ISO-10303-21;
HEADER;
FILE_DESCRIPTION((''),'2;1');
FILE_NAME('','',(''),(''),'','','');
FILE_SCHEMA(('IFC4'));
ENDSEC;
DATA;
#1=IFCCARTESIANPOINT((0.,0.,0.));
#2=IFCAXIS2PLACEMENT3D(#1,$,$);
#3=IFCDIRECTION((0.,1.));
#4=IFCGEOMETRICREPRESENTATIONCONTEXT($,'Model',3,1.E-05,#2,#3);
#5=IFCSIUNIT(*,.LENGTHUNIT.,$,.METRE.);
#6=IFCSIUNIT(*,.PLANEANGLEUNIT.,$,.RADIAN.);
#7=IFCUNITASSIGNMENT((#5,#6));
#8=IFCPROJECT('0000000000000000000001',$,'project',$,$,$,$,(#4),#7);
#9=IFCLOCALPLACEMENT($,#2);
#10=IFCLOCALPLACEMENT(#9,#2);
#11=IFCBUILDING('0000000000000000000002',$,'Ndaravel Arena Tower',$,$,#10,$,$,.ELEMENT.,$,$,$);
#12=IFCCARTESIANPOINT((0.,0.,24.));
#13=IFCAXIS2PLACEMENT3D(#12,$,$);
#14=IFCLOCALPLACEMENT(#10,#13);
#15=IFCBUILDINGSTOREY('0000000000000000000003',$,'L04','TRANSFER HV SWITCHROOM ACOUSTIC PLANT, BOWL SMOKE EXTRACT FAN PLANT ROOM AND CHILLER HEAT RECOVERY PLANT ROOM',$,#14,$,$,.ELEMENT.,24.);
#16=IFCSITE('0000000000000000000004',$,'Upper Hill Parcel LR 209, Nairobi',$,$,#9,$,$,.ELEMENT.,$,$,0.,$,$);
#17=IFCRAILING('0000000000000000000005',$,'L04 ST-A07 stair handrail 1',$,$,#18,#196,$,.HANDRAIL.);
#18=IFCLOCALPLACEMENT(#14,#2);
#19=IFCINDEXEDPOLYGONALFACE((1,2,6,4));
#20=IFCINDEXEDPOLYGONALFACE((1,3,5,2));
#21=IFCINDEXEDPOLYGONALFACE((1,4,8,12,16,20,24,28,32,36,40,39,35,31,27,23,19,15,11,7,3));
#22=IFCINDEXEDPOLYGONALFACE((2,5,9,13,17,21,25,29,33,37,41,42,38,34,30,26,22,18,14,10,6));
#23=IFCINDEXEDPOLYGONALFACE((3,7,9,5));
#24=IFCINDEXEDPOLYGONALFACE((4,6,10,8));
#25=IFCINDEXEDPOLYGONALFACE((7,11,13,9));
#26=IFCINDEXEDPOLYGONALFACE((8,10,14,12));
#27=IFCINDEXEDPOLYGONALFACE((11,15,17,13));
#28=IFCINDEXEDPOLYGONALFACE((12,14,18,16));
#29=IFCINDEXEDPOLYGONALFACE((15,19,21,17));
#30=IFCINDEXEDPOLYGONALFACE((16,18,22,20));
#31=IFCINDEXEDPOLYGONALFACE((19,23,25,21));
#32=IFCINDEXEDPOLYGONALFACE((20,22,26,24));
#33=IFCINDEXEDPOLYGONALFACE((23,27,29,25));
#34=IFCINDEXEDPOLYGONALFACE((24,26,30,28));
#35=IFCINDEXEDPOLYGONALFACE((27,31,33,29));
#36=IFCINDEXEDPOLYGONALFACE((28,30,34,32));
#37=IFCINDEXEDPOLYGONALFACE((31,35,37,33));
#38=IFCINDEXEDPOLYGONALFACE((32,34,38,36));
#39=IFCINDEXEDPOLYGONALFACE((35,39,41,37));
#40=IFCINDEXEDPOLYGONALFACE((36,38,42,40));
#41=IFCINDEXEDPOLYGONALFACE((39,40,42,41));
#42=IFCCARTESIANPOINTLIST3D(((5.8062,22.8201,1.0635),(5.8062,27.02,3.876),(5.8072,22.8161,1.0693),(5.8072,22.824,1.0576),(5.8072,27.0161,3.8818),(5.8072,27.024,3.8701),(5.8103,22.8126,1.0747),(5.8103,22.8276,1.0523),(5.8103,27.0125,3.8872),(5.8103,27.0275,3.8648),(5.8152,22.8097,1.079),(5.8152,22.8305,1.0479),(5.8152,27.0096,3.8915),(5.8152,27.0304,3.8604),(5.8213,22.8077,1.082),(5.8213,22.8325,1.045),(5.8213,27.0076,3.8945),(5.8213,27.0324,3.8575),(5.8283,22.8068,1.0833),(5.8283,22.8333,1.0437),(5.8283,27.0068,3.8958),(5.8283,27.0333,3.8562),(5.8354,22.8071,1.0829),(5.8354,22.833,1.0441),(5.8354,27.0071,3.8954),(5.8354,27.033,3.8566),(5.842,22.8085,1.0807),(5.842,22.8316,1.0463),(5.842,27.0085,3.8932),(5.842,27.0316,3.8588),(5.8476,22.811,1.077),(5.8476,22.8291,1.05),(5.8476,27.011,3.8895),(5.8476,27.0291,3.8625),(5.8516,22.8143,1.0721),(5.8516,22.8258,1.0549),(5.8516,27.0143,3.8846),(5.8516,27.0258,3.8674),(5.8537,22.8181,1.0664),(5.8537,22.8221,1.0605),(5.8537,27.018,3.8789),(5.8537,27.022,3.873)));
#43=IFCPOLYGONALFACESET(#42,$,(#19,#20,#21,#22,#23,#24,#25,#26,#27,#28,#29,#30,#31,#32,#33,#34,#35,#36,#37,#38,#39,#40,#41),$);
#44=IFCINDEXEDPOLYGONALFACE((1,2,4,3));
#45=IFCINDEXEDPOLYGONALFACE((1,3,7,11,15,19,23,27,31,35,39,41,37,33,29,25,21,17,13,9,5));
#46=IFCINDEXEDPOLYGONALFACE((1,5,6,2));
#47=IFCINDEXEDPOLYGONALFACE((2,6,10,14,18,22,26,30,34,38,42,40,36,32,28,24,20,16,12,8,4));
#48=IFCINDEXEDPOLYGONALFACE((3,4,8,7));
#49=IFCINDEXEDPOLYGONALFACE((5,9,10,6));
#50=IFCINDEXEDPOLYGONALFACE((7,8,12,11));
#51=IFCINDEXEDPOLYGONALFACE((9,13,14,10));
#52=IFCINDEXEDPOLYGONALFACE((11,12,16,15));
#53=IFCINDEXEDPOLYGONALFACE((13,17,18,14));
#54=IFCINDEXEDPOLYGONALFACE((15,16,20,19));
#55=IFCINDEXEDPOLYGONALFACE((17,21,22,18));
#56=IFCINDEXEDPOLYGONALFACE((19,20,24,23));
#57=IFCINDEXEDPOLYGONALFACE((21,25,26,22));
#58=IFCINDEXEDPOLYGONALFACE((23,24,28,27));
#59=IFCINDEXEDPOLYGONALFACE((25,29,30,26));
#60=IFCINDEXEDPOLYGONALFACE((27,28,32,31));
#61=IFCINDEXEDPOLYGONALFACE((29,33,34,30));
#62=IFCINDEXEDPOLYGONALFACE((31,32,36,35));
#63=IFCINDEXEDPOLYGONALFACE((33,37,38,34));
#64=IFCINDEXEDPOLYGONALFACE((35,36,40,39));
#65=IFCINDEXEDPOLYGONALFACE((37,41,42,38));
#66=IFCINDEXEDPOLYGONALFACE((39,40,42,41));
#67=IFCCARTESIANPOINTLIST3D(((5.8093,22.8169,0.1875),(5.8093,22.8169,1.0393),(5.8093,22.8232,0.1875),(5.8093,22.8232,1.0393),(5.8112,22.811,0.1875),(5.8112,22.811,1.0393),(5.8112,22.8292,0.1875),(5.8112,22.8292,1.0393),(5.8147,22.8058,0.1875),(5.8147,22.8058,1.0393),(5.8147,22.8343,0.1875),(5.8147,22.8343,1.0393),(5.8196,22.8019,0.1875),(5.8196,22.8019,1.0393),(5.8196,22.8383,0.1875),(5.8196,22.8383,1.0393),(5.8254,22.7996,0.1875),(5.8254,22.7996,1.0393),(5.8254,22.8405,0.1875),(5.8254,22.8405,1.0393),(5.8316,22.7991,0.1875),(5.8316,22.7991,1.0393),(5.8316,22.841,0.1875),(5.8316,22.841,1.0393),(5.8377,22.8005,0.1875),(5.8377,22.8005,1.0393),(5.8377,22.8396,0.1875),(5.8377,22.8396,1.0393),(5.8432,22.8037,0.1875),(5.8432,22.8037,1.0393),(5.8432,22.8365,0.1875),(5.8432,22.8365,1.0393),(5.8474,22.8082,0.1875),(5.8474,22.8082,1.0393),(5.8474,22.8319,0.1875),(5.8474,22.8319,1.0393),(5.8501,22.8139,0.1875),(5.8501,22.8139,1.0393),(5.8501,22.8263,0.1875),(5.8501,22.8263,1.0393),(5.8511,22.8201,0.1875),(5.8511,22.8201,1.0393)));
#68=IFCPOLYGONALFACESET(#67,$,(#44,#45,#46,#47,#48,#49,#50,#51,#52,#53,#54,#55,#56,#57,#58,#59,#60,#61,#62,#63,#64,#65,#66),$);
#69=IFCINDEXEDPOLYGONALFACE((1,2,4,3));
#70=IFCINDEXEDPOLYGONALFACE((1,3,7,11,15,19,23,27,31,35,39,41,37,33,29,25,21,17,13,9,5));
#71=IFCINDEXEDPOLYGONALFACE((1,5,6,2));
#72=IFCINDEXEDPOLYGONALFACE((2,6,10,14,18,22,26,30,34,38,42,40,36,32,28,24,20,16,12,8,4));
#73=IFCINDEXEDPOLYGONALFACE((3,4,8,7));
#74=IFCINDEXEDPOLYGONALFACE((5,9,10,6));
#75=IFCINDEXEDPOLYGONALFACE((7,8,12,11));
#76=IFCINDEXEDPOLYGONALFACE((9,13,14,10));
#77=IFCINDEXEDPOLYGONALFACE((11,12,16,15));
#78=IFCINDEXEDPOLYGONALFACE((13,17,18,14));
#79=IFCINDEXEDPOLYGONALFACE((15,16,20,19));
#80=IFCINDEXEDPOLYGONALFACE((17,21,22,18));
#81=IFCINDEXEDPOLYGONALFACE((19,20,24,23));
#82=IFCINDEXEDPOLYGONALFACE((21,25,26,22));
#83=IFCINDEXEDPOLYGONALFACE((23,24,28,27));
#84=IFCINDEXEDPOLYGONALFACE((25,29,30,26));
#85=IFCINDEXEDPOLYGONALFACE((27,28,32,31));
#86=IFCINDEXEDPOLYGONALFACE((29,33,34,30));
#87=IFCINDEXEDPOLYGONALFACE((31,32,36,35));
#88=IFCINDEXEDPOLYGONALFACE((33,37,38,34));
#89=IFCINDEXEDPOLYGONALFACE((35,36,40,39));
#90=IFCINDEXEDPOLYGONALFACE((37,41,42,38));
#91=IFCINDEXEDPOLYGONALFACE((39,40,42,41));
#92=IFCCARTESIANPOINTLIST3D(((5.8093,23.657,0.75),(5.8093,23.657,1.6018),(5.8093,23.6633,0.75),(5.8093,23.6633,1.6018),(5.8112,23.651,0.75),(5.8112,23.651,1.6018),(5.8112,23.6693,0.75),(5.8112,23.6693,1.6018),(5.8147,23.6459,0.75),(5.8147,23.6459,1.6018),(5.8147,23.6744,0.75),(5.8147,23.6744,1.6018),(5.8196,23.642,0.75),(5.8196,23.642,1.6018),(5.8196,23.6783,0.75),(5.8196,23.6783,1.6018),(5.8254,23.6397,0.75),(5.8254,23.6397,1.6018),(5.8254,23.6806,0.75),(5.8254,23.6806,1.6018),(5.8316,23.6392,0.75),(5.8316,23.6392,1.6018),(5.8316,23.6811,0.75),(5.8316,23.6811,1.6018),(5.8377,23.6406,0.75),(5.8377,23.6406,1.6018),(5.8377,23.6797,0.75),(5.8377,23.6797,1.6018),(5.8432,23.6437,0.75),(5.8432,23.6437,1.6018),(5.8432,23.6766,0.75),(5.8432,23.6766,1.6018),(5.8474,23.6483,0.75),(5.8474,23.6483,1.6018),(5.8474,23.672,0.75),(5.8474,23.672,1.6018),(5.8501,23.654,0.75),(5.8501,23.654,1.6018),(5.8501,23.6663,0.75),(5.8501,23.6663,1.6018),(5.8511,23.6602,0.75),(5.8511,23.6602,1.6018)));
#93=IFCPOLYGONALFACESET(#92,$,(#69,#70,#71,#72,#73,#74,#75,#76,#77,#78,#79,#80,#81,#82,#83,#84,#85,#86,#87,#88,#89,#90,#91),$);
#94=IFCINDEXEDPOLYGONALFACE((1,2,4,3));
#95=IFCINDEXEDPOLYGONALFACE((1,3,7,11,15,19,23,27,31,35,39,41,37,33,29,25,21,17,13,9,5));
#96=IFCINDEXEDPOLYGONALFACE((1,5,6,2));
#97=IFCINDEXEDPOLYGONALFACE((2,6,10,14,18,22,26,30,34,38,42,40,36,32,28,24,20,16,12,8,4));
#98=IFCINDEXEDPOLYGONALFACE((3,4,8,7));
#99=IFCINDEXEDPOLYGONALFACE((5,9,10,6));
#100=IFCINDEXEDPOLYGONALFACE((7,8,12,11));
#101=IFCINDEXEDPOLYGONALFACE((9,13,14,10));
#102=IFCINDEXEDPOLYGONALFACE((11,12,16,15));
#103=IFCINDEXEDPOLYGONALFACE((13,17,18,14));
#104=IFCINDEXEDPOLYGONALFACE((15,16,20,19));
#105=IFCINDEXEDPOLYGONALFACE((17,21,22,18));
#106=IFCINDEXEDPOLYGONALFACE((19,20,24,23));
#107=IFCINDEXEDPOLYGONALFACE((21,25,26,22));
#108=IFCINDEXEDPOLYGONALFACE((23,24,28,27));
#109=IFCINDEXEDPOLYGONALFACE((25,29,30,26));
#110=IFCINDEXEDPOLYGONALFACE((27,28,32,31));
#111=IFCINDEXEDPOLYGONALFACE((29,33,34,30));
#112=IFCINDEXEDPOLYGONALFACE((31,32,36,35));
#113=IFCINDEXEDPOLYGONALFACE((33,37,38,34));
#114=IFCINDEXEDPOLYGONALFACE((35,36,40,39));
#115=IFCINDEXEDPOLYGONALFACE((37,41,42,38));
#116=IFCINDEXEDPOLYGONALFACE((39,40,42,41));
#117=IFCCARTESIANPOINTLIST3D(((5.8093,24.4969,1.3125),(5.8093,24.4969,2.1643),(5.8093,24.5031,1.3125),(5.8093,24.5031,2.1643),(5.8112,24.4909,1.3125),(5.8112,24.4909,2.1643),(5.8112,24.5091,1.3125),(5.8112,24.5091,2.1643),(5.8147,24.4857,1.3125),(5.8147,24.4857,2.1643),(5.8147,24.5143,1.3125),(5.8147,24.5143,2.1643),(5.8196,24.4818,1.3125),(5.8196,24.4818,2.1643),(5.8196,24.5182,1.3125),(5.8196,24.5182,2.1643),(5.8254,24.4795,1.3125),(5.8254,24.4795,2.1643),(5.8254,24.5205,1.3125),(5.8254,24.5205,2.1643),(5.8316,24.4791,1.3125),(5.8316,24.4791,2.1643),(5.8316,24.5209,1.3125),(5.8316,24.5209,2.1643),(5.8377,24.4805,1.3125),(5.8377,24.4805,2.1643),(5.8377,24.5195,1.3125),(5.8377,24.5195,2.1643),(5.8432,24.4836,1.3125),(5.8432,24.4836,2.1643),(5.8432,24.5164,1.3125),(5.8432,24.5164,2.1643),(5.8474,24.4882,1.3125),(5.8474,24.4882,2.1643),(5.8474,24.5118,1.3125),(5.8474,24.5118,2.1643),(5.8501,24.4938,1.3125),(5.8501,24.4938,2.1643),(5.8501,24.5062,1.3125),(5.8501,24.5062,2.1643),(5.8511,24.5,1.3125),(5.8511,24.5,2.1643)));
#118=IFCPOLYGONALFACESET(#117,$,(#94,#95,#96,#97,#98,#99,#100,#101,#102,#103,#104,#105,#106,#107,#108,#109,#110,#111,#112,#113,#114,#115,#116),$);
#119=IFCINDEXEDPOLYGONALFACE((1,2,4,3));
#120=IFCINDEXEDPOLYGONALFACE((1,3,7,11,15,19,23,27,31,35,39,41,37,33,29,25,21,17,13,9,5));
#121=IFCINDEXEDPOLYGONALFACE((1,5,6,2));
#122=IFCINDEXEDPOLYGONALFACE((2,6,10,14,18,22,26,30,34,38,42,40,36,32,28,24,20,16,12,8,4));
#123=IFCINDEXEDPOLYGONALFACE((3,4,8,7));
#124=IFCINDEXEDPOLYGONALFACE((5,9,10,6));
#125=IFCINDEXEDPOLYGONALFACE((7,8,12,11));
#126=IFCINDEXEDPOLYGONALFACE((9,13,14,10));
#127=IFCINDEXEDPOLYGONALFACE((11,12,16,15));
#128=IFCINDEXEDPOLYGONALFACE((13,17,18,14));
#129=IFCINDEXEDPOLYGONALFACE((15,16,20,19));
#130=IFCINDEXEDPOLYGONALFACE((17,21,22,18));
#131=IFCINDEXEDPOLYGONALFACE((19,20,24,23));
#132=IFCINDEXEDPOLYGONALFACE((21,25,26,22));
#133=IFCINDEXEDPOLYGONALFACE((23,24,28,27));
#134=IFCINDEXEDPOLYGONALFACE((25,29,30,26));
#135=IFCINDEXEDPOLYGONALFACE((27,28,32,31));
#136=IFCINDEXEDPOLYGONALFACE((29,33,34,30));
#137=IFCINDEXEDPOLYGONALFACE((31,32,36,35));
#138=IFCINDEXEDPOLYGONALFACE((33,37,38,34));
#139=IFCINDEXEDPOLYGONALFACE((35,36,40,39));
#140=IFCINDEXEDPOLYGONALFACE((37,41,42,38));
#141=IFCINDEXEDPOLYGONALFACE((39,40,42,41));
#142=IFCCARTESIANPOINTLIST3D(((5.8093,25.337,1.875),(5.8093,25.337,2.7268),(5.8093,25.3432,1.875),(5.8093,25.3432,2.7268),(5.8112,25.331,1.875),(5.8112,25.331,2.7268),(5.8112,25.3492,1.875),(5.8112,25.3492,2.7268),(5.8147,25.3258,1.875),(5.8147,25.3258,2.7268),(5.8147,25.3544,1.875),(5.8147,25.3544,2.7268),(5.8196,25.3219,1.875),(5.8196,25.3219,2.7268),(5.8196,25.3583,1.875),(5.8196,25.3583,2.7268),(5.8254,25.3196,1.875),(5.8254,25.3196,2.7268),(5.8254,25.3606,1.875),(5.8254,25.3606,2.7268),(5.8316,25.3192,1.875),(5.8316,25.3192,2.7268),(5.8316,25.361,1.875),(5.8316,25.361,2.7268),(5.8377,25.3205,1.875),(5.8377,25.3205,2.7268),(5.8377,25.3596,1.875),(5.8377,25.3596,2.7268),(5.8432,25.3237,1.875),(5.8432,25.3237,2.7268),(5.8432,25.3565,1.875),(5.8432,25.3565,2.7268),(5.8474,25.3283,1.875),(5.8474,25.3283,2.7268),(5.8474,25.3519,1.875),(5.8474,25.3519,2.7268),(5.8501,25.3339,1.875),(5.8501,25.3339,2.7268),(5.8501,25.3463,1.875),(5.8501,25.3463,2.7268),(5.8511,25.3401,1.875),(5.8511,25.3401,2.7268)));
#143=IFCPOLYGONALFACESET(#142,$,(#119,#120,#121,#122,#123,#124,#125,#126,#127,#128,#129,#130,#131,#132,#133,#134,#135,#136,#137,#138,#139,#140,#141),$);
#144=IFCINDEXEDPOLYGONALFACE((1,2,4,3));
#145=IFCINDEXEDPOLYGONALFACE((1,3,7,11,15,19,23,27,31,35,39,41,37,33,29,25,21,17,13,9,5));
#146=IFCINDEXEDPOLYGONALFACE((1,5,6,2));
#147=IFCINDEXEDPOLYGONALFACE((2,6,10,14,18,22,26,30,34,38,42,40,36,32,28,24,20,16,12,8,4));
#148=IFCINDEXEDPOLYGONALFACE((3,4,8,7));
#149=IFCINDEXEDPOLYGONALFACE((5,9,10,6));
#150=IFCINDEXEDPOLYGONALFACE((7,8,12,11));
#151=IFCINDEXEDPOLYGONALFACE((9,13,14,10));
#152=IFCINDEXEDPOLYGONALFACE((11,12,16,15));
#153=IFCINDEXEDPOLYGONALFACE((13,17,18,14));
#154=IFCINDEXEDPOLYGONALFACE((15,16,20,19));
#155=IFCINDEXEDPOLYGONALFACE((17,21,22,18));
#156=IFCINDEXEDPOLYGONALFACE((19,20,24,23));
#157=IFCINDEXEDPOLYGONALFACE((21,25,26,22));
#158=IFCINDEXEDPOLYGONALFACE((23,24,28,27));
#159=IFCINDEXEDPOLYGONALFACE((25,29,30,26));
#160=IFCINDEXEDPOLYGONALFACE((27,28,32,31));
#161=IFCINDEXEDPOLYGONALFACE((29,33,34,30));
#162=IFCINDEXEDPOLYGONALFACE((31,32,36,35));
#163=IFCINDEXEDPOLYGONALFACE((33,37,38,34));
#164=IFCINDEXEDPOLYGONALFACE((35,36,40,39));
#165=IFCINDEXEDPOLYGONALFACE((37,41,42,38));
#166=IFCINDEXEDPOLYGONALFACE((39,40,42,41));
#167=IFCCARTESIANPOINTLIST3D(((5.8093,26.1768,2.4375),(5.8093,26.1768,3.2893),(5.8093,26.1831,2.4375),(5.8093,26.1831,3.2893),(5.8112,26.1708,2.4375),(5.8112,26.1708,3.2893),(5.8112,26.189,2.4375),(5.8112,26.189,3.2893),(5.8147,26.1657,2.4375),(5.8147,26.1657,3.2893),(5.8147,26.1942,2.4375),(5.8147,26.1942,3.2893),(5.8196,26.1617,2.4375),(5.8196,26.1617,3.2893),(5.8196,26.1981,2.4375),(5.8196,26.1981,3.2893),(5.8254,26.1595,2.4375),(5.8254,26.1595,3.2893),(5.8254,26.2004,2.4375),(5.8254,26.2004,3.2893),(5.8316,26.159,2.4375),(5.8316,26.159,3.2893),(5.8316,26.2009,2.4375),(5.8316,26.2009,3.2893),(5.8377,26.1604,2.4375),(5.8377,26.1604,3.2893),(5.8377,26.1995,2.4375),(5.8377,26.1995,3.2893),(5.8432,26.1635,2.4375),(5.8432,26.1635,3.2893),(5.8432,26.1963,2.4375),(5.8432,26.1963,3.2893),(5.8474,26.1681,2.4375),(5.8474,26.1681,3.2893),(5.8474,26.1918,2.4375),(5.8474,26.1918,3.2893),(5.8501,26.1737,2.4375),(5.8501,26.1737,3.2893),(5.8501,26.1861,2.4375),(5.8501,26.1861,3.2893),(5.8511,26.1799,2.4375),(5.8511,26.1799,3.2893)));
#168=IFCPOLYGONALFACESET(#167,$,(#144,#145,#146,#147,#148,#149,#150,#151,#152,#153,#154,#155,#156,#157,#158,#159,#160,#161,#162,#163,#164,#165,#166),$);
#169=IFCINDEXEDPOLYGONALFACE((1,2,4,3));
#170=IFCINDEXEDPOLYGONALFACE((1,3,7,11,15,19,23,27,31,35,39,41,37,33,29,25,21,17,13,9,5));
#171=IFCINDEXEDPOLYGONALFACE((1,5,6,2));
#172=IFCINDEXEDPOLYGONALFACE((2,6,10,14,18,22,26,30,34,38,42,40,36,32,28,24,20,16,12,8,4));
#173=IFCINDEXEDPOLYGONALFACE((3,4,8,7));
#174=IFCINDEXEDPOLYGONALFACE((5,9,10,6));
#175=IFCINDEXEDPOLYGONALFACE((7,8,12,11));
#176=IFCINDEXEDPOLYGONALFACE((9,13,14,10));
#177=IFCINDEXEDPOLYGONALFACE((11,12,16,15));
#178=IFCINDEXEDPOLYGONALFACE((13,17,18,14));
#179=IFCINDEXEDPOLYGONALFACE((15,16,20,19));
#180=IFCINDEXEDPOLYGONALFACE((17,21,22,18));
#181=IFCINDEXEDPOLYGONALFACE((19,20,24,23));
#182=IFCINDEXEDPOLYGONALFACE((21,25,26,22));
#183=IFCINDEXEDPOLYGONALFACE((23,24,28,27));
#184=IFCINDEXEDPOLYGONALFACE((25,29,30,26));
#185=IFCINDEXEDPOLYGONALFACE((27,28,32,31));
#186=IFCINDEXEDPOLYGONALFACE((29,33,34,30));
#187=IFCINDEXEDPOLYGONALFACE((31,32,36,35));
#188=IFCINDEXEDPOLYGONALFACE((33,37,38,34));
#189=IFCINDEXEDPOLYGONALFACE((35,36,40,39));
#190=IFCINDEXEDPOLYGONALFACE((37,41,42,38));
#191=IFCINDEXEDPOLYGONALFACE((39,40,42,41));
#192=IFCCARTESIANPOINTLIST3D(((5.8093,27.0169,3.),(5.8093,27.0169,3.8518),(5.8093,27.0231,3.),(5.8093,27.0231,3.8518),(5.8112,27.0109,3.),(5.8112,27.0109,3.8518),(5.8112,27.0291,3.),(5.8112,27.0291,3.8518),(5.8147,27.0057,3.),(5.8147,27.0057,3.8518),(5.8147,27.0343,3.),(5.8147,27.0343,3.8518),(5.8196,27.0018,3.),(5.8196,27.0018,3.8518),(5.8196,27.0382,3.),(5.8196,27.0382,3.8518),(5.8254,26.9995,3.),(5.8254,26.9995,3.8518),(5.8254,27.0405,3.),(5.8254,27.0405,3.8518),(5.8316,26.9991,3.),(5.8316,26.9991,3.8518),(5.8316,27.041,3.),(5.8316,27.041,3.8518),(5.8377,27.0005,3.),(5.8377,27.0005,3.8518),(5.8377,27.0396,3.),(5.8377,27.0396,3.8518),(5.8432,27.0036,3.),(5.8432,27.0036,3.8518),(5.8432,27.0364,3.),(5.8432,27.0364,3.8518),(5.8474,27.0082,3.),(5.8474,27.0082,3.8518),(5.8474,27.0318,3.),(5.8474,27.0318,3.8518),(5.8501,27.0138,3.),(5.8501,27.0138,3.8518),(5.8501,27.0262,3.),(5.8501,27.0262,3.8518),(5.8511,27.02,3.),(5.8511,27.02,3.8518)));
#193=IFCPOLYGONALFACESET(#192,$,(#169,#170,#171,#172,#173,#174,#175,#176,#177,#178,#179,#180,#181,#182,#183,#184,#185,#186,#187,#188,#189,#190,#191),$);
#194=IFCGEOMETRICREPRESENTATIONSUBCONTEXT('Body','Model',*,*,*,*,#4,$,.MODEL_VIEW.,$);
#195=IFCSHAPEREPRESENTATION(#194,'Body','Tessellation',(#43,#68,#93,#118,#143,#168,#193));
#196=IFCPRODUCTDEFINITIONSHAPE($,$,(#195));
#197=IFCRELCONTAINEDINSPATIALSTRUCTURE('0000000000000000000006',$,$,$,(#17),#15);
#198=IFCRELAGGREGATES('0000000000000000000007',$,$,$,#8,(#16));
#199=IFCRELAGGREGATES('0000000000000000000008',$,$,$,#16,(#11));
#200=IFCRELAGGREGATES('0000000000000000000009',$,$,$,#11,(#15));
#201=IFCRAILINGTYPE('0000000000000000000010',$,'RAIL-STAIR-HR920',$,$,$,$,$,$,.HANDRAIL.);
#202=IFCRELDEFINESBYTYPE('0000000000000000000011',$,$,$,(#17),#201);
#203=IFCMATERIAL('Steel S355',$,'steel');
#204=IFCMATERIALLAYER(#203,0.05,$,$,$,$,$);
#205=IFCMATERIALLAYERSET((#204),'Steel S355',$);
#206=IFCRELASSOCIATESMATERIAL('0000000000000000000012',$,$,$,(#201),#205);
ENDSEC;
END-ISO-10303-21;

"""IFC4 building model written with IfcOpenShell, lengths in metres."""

from ifc_helpers import new_model, si_unit, direction, frame, origin, origin_2d, place, context, subcontext, project, spatial, circle, extrude, material, layer, layer_set, type_object, element, save


model = new_model("IFC4")

# Units and contexts
model_context = context("Model", 3, precision=1e-05, world=origin(), true_north=direction((0.0, 1.0)))
body_context = subcontext(model_context, "Body", "Model", "MODEL_VIEW")
ifc_project = project(units=[si_unit("LENGTHUNIT", "METRE"), si_unit("PLANEANGLEUNIT", "RADIAN")], contexts=[model_context])

# Site, building, storey
site_placement = place(None, origin())
site = spatial("IfcSite", under=ifc_project, at=site_placement, Name="Upper Hill Parcel LR 209, Nairobi", CompositionType="ELEMENT", RefElevation=0.0)
building_placement = place(site_placement, origin())
building = spatial("IfcBuilding", under=site, at=building_placement, Name="Ndaravel Arena Tower", CompositionType="ELEMENT")
storey_placement = place(building_placement, frame((0.0, 0.0, 24.0)))
storey = spatial("IfcBuildingStorey", under=building, at=storey_placement, Name="L04", Description="TRANSFER HV SWITCHROOM ACOUSTIC PLANT, BOWL SMOKE EXTRACT FAN PLANT ROOM AND CHILLER HEAT RECOVERY PLANT ROOM", CompositionType="ELEMENT", Elevation=24.0)

# Railing
ifc_material_1 = material(Name="Steel S355", Category="steel")
ifc_layer_1 = layer(ifc_material_1, 0.05)
ifc_layer_set_1 = layer_set([ifc_layer_1], Name="Steel S355")
railing_type_1 = type_object("IfcRailingType", Name="RAIL-STAIR-HR920", PredefinedType="HANDRAIL", material=ifc_layer_set_1)
railing_1_placement = place(storey_placement, frame((5.8301, 22.8201, 0.1875)))
element("IfcRailing", 1, at=railing_1_placement, inside=storey, type_object=railing_type_1, Name="L04 ST-A07 stair handrail 1", PredefinedType="HANDRAIL", context=body_context, shape_type="SweptSolid", body=[
    extrude(circle(Radius=0.0239, at=origin_2d()), frame((0.0, 0.0, 0.876), z_axis=(0.0, 0.830904, 0.556416), x_axis=(-1.0, 0.0, 0.0)), (0.0, 0.0, 1.0), 5.0547),
    extrude(circle(Radius=0.021, at=origin_2d()), origin(), (0.0, 0.0, 1.0), 0.8518),
    extrude(circle(Radius=0.021, at=origin_2d()), frame((0.0, 0.8401, 0.5625)), (0.0, 0.0, 1.0), 0.8518),
    extrude(circle(Radius=0.021, at=origin_2d()), frame((0.0, 1.6799, 1.125)), (0.0, 0.0, 1.0), 0.8518),
    extrude(circle(Radius=0.021, at=origin_2d()), frame((0.0, 2.52, 1.6875)), (0.0, 0.0, 1.0), 0.8518),
    extrude(circle(Radius=0.021, at=origin_2d()), frame((0.0, 3.3599, 2.25)), (0.0, 0.0, 1.0), 0.8518),
    extrude(circle(Radius=0.021, at=origin_2d()), frame((0.0, 4.2, 2.8125)), (0.0, 0.0, 1.0), 0.8518),
])

save(model, "model.ifc")
